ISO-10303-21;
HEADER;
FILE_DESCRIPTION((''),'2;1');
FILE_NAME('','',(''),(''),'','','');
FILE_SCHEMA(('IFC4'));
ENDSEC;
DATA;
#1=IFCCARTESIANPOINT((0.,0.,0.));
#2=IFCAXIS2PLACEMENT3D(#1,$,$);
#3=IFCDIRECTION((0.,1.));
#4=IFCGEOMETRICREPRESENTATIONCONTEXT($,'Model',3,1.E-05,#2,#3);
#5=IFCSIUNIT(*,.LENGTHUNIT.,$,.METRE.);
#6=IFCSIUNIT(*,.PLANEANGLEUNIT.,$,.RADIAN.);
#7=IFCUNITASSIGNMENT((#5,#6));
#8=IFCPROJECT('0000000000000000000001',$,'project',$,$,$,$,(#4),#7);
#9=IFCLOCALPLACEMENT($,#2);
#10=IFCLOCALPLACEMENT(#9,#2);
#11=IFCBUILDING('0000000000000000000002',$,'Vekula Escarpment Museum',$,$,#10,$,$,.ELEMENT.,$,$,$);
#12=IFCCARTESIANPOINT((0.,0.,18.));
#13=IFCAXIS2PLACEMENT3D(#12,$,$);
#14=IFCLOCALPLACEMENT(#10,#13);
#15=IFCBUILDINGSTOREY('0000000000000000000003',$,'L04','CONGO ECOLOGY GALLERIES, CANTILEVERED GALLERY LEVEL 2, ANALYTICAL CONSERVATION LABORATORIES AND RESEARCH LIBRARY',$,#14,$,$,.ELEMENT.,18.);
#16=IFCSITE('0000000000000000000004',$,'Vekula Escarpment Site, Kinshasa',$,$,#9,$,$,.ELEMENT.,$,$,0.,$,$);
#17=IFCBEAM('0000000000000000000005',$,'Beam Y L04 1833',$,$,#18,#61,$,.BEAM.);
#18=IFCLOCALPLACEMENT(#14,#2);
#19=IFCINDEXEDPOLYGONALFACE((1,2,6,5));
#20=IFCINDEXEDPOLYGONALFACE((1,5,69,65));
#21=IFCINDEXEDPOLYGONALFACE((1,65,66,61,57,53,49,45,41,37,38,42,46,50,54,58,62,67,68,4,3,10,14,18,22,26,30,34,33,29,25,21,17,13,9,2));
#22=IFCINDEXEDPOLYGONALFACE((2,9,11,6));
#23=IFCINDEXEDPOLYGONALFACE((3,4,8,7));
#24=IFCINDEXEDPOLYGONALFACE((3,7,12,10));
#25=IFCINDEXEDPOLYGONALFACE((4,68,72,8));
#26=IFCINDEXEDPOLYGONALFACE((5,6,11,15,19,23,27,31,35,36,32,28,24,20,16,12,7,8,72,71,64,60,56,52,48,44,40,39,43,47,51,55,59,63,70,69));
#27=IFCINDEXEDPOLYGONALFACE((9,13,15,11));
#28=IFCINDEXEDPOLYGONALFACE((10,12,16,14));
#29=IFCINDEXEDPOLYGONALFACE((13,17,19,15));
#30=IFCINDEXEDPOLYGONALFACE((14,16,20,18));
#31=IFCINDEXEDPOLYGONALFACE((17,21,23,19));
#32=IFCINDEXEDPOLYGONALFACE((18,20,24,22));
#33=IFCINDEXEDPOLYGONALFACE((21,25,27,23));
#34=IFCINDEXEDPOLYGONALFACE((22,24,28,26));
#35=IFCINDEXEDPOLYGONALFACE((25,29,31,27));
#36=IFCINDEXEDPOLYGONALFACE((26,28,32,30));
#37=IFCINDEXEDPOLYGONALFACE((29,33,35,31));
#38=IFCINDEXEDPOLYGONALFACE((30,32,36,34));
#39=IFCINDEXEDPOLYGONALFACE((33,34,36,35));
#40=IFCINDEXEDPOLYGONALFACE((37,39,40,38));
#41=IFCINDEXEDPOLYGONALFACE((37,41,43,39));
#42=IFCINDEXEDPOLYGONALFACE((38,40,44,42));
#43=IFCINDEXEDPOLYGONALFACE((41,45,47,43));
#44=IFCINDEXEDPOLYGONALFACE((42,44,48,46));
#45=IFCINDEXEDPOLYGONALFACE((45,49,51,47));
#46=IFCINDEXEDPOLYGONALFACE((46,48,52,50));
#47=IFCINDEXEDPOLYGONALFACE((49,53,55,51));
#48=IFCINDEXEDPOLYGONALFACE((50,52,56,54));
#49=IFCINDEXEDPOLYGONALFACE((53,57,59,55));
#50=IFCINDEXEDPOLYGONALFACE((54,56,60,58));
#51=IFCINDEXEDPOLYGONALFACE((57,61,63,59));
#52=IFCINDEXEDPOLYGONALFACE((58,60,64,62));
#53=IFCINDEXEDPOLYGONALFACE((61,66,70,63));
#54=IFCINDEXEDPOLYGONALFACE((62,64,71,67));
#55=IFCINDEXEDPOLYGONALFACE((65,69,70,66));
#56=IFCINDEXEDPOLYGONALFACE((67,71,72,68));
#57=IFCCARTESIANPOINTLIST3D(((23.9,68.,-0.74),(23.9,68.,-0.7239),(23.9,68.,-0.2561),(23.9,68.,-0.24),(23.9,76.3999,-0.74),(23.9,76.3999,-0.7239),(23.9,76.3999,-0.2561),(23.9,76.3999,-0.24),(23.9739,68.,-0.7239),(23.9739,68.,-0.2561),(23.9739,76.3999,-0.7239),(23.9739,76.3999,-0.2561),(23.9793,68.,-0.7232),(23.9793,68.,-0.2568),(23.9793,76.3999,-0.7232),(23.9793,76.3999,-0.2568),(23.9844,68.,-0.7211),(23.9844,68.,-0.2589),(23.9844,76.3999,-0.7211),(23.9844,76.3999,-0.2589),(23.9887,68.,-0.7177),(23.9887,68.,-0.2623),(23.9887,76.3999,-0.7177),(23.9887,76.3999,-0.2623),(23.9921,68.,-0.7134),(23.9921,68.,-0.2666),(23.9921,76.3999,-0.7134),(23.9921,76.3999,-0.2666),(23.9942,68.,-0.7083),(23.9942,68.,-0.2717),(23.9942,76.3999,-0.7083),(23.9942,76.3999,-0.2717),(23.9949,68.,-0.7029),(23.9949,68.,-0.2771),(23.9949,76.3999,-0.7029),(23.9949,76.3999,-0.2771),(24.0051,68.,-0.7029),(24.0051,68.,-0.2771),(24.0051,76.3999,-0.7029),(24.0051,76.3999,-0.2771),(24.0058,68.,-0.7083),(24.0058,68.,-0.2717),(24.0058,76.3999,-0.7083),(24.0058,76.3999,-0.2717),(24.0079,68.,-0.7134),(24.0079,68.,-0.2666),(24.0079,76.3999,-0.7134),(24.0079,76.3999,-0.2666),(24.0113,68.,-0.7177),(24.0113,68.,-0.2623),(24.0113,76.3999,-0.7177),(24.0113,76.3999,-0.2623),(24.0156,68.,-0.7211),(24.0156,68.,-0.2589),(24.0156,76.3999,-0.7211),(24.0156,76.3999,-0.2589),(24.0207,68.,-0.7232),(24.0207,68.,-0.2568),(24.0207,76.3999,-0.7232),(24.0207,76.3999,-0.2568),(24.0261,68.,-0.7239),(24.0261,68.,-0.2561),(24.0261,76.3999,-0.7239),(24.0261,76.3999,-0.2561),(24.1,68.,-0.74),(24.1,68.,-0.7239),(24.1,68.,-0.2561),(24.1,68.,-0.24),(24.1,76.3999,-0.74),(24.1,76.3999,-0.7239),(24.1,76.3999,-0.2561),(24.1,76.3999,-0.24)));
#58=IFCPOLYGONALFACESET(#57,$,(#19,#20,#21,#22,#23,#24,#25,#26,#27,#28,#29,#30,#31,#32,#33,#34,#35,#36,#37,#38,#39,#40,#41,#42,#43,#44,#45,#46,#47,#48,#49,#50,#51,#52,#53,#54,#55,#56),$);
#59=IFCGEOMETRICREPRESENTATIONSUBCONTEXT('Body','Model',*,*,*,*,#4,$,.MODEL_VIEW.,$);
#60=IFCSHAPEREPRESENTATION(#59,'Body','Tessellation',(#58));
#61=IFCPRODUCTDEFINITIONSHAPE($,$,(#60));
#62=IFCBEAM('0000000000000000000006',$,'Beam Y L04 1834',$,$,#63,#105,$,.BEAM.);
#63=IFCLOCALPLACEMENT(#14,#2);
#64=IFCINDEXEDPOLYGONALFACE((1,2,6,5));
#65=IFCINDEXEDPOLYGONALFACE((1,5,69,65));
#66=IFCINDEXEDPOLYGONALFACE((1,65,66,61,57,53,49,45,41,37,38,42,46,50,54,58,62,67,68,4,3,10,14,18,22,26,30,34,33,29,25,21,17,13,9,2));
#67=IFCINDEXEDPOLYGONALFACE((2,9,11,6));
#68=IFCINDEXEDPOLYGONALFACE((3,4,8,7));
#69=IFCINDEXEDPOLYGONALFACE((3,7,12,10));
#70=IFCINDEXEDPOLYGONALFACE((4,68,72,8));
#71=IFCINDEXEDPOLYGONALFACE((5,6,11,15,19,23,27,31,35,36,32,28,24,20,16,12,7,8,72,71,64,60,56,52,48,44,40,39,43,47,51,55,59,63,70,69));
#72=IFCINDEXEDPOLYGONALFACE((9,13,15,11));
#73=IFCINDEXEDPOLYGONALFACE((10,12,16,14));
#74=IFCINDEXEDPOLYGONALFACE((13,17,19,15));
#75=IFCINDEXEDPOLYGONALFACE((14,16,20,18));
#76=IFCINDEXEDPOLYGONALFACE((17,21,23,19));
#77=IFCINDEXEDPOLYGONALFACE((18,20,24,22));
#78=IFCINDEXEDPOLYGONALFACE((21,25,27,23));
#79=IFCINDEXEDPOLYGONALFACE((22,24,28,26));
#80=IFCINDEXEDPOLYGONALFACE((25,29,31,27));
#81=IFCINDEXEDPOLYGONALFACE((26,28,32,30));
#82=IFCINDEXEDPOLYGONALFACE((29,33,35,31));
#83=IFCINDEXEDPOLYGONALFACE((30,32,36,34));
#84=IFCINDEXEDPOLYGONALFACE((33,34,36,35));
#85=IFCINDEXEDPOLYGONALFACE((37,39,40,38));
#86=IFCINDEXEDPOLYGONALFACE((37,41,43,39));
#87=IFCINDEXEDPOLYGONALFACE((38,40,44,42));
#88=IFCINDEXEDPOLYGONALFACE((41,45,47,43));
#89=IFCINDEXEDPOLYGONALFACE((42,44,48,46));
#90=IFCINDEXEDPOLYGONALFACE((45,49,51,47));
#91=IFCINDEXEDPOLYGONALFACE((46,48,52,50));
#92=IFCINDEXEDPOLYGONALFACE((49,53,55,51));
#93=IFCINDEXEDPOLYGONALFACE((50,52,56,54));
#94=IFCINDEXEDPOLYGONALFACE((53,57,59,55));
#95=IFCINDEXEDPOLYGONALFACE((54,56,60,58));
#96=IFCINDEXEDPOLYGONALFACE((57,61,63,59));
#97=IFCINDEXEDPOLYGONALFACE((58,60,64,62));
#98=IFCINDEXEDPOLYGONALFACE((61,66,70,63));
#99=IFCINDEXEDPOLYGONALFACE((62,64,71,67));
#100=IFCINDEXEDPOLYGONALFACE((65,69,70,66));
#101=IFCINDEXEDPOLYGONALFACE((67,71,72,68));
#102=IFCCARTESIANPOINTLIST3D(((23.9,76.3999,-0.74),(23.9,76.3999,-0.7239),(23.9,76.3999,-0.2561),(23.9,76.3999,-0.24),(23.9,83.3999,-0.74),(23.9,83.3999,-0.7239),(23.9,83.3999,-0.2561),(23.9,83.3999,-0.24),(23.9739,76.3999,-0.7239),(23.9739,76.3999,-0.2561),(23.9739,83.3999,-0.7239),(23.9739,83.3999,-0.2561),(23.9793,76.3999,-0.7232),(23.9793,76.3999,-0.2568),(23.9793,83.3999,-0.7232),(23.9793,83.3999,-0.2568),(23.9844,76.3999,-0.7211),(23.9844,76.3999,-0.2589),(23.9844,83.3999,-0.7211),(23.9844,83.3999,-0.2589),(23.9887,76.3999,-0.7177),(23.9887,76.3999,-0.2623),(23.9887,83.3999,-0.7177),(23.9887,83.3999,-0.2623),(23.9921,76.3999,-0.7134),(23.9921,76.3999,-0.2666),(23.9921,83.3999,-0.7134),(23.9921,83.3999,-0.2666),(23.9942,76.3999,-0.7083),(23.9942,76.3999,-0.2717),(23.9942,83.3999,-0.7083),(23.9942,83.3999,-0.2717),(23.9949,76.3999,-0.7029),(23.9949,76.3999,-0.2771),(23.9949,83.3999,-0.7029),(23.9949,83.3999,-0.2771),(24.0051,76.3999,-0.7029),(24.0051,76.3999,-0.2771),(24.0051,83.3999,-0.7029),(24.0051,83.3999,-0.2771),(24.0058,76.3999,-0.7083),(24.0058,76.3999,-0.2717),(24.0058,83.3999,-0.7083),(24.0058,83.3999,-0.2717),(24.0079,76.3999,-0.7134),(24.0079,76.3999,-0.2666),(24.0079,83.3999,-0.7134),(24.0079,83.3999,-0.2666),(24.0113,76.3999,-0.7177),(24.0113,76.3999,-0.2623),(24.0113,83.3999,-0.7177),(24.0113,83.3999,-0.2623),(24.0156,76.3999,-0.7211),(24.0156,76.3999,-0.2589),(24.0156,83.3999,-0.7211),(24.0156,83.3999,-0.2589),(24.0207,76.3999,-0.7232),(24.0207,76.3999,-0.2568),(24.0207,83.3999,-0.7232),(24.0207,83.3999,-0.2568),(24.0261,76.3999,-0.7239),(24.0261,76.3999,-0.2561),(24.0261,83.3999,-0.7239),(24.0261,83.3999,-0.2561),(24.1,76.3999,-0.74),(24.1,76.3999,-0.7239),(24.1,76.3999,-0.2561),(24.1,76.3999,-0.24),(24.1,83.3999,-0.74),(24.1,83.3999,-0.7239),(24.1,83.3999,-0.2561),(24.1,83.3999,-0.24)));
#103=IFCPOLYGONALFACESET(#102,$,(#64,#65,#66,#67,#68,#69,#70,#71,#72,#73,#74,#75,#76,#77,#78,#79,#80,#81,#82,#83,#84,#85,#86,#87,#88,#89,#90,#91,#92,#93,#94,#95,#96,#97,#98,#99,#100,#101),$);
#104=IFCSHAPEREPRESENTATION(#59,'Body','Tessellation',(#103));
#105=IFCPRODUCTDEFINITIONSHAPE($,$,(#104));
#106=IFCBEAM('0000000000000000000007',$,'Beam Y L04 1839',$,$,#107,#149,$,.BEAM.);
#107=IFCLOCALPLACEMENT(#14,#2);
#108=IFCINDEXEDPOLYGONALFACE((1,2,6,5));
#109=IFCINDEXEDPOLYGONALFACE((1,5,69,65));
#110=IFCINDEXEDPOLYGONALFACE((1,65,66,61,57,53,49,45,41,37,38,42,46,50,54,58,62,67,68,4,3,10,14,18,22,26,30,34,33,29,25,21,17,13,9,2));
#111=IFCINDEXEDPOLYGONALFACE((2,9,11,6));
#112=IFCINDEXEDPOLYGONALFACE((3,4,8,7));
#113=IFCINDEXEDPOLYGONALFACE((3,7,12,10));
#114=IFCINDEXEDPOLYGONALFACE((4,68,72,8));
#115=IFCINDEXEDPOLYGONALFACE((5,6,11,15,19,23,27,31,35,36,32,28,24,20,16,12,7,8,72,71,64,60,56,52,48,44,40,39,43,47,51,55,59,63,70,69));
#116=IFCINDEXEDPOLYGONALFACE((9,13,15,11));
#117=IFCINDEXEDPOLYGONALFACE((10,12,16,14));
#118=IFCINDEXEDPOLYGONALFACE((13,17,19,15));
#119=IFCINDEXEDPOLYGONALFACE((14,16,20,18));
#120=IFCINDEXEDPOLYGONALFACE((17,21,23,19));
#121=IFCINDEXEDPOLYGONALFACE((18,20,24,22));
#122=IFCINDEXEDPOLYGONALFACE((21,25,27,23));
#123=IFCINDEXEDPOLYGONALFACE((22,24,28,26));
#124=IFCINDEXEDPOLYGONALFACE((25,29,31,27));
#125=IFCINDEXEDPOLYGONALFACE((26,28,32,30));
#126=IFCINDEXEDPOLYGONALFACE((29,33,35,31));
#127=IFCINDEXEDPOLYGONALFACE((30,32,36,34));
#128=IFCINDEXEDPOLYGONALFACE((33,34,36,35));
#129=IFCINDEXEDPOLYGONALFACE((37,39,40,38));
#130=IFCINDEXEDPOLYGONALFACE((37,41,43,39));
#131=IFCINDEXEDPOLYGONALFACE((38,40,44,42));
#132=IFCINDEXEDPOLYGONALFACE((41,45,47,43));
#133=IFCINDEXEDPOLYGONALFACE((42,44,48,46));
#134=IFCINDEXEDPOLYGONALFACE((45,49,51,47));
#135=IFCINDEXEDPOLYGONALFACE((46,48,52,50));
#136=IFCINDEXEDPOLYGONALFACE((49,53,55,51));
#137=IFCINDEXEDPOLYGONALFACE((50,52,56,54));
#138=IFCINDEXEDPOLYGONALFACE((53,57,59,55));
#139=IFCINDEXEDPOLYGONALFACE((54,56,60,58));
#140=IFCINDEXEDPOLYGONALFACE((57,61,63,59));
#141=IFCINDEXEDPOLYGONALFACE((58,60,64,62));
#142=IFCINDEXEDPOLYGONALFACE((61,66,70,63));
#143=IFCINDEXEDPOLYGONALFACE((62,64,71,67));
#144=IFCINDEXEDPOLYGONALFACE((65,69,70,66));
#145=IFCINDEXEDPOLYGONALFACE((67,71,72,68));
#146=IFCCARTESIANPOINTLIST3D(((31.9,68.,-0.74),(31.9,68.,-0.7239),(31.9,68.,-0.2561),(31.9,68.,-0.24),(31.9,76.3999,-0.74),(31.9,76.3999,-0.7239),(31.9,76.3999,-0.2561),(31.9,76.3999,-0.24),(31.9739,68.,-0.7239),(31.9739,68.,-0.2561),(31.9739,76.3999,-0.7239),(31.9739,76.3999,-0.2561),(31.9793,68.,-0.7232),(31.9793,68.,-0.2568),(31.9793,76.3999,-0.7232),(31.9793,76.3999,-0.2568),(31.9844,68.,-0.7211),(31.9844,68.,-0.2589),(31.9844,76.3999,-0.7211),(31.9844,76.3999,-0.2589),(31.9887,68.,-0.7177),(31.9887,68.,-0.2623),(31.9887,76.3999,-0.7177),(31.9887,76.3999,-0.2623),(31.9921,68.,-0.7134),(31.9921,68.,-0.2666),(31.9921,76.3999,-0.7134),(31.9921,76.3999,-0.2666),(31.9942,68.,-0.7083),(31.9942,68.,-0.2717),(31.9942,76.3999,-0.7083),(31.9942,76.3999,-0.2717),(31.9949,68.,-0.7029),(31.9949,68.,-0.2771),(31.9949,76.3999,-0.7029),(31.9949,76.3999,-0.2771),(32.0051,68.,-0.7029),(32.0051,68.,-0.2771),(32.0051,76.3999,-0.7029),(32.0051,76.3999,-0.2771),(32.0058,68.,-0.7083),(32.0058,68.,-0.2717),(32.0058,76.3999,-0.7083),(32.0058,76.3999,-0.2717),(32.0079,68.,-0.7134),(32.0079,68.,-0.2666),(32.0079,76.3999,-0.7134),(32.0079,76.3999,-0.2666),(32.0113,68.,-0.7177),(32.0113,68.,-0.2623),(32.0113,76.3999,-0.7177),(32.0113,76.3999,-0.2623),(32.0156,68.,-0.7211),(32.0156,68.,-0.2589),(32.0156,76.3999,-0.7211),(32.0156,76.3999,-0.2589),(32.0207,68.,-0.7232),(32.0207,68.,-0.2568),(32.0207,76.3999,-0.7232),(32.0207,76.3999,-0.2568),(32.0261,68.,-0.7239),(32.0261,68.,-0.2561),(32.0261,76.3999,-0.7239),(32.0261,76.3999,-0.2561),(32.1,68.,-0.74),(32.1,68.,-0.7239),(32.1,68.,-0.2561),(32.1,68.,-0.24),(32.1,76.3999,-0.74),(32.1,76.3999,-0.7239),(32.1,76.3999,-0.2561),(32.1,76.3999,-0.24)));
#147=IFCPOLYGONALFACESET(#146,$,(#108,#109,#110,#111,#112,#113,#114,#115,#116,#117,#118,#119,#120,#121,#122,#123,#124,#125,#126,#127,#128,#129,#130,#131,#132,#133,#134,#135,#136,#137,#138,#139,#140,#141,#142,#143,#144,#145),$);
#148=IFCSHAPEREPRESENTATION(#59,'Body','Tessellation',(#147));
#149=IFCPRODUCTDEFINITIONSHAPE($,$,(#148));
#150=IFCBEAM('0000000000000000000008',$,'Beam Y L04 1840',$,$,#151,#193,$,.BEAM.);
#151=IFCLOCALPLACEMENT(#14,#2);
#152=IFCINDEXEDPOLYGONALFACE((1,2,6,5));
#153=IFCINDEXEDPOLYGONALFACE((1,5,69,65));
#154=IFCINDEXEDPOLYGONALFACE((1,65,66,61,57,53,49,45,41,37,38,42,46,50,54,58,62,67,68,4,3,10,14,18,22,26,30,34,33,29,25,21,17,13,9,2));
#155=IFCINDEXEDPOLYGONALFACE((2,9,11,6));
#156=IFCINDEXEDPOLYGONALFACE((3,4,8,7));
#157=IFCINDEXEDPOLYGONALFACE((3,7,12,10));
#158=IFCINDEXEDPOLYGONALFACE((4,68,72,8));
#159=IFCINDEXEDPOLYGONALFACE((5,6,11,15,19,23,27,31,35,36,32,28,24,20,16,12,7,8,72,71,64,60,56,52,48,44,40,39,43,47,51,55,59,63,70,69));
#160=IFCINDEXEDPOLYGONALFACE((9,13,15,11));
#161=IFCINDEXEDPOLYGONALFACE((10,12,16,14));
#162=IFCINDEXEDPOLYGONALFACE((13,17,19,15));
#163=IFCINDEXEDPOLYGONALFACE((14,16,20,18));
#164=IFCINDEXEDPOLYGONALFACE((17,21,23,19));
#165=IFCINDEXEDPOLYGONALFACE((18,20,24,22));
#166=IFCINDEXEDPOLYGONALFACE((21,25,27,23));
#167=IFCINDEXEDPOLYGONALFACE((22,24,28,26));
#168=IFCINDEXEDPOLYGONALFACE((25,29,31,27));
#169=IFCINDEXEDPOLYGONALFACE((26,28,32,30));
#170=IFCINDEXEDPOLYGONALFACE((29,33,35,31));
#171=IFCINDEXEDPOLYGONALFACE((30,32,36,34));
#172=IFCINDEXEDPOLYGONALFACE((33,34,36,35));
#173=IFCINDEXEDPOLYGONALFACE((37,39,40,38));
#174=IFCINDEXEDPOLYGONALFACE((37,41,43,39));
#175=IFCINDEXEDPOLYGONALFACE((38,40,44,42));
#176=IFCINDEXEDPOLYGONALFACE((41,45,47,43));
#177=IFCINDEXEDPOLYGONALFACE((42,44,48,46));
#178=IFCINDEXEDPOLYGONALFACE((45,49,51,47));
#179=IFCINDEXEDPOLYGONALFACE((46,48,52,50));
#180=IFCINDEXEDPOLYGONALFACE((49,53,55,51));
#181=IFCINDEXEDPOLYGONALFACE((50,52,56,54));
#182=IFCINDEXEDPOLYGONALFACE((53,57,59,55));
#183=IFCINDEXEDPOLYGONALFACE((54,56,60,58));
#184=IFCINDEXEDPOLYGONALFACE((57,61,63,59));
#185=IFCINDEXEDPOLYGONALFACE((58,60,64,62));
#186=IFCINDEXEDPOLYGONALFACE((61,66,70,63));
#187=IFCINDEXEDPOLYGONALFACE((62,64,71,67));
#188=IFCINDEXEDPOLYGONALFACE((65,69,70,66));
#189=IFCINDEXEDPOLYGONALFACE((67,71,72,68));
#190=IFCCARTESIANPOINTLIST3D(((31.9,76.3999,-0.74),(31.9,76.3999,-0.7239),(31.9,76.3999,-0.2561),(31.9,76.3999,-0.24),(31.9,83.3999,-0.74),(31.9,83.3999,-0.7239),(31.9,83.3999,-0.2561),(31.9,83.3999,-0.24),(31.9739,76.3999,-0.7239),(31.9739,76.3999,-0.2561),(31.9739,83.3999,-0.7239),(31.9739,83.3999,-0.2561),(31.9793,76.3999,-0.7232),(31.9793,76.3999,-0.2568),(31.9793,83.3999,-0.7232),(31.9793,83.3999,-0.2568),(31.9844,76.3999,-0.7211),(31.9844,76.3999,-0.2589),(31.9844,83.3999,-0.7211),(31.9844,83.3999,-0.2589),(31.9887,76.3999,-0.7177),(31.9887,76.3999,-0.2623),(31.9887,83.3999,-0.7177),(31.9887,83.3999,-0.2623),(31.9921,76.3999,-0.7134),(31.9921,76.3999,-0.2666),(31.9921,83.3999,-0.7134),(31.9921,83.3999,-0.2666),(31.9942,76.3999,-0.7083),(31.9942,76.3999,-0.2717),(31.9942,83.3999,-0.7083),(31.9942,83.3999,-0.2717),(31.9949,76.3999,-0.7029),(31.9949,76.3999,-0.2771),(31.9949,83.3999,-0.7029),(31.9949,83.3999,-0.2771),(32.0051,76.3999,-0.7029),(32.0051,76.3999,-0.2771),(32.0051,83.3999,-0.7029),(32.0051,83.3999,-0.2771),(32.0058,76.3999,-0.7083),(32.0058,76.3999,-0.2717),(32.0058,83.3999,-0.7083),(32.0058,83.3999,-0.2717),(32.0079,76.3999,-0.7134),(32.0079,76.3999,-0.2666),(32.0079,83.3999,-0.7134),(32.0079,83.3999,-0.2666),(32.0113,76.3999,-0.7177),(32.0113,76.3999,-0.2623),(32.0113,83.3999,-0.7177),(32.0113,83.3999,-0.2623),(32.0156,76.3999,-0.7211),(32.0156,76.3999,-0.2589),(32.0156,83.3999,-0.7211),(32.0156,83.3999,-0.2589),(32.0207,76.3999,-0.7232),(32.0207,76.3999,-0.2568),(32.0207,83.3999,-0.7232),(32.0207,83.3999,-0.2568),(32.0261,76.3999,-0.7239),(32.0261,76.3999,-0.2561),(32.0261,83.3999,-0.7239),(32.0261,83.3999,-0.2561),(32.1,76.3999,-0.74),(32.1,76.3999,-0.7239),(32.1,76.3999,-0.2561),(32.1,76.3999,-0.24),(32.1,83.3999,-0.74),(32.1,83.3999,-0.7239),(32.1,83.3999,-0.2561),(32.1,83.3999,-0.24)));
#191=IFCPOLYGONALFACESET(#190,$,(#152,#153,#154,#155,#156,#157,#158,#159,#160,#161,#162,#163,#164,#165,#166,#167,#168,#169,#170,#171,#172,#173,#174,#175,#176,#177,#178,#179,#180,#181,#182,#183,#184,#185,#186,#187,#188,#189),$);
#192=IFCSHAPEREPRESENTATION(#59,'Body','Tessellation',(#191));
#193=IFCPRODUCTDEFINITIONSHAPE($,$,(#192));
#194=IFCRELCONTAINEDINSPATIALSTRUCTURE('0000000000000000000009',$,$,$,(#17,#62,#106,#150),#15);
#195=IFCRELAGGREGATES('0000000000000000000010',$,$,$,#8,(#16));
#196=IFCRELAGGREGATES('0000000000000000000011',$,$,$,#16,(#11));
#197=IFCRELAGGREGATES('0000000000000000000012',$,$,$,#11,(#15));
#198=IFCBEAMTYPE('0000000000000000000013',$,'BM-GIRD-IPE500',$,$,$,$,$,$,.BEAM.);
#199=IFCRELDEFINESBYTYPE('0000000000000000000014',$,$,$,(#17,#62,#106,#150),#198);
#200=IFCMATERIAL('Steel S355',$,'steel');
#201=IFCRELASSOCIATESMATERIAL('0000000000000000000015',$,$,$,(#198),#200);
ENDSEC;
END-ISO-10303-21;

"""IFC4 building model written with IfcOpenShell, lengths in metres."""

from ifc_helpers import new_model, si_unit, direction, frame, origin, origin_2d, place, context, subcontext, project, spatial, i_section, extrude, material, material_profile, profile_set, type_object, element, save


model = new_model("IFC4")

# Units and contexts
model_context = context("Model", 3, precision=1e-05, world=origin(), true_north=direction((0.0, 1.0)))
body_context = subcontext(model_context, "Body", "Model", "MODEL_VIEW")
ifc_project = project(units=[si_unit("LENGTHUNIT", "METRE"), si_unit("PLANEANGLEUNIT", "RADIAN")], contexts=[model_context])

# Site, building, storey
site_placement = place(None, origin())
site = spatial("IfcSite", under=ifc_project, at=site_placement, Name="Vekula Escarpment Site, Kinshasa", CompositionType="ELEMENT", RefElevation=0.0)
building_placement = place(site_placement, origin())
building = spatial("IfcBuilding", under=site, at=building_placement, Name="Vekula Escarpment Museum", CompositionType="ELEMENT")
storey_placement = place(building_placement, frame((0.0, 0.0, 18.0)))
storey = spatial("IfcBuildingStorey", under=building, at=storey_placement, Name="L04", Description="CONGO ECOLOGY GALLERIES, CANTILEVERED GALLERY LEVEL 2, ANALYTICAL CONSERVATION LABORATORIES AND RESEARCH LIBRARY", CompositionType="ELEMENT", Elevation=18.0)

# Beams
ifc_material_1 = material(Name="Steel S355", Category="steel")
ifc_material_profile_1 = material_profile(ifc_material_1, i_section(OverallWidth=0.2, OverallDepth=0.5, WebThickness=0.0103, FlangeThickness=0.0161, FilletRadius=0.021, at=origin_2d()), Name="IPE 500")
ifc_profile_set_1 = profile_set([ifc_material_profile_1], Name="Steel S355")
beam_type_1 = type_object("IfcBeamType", Name="BM-GIRD-IPE500", PredefinedType="BEAM", material=ifc_profile_set_1)
beam_1_placement = place(storey_placement, frame((24.0, 68.0, -0.49), z_axis=(0.0, 1.0, 0.0), x_axis=(-1.0, 0.0, 0.0)))
element("IfcBeam", 1, at=beam_1_placement, inside=storey, type_object=beam_type_1, Name="Beam Y L04 1833", PredefinedType="BEAM", context=body_context, shape_type="SweptSolid", body=[
    extrude(i_section(OverallWidth=0.2, OverallDepth=0.5, WebThickness=0.0103, FlangeThickness=0.0161, FilletRadius=0.021, at=origin_2d()), origin(), (0.0, 0.0, 1.0), 8.3999),
])
beam_2_placement = place(storey_placement, frame((24.0, 76.3999, -0.49), z_axis=(0.0, 1.0, 0.0), x_axis=(-1.0, 0.0, 0.0)))
element("IfcBeam", 2, at=beam_2_placement, inside=storey, type_object=beam_type_1, Name="Beam Y L04 1834", PredefinedType="BEAM", context=body_context, shape_type="SweptSolid", body=[
    extrude(i_section(OverallWidth=0.2, OverallDepth=0.5, WebThickness=0.0103, FlangeThickness=0.0161, FilletRadius=0.021, at=origin_2d()), origin(), (0.0, 0.0, 1.0), 7.0),
])
beam_3_placement = place(storey_placement, frame((32.0, 68.0, -0.49), z_axis=(0.0, 1.0, 0.0), x_axis=(-1.0, 0.0, 0.0)))
element("IfcBeam", 3, at=beam_3_placement, inside=storey, type_object=beam_type_1, Name="Beam Y L04 1839", PredefinedType="BEAM", context=body_context, shape_type="SweptSolid", body=[
    extrude(i_section(OverallWidth=0.2, OverallDepth=0.5, WebThickness=0.0103, FlangeThickness=0.0161, FilletRadius=0.021, at=origin_2d()), origin(), (0.0, 0.0, 1.0), 8.3999),
])
beam_4_placement = place(storey_placement, frame((32.0, 76.3999, -0.49), z_axis=(0.0, 1.0, 0.0), x_axis=(-1.0, 0.0, 0.0)))
element("IfcBeam", 4, at=beam_4_placement, inside=storey, type_object=beam_type_1, Name="Beam Y L04 1840", PredefinedType="BEAM", context=body_context, shape_type="SweptSolid", body=[
    extrude(i_section(OverallWidth=0.2, OverallDepth=0.5, WebThickness=0.0103, FlangeThickness=0.0161, FilletRadius=0.021, at=origin_2d()), origin(), (0.0, 0.0, 1.0), 7.0),
])

save(model, "model.ifc")
